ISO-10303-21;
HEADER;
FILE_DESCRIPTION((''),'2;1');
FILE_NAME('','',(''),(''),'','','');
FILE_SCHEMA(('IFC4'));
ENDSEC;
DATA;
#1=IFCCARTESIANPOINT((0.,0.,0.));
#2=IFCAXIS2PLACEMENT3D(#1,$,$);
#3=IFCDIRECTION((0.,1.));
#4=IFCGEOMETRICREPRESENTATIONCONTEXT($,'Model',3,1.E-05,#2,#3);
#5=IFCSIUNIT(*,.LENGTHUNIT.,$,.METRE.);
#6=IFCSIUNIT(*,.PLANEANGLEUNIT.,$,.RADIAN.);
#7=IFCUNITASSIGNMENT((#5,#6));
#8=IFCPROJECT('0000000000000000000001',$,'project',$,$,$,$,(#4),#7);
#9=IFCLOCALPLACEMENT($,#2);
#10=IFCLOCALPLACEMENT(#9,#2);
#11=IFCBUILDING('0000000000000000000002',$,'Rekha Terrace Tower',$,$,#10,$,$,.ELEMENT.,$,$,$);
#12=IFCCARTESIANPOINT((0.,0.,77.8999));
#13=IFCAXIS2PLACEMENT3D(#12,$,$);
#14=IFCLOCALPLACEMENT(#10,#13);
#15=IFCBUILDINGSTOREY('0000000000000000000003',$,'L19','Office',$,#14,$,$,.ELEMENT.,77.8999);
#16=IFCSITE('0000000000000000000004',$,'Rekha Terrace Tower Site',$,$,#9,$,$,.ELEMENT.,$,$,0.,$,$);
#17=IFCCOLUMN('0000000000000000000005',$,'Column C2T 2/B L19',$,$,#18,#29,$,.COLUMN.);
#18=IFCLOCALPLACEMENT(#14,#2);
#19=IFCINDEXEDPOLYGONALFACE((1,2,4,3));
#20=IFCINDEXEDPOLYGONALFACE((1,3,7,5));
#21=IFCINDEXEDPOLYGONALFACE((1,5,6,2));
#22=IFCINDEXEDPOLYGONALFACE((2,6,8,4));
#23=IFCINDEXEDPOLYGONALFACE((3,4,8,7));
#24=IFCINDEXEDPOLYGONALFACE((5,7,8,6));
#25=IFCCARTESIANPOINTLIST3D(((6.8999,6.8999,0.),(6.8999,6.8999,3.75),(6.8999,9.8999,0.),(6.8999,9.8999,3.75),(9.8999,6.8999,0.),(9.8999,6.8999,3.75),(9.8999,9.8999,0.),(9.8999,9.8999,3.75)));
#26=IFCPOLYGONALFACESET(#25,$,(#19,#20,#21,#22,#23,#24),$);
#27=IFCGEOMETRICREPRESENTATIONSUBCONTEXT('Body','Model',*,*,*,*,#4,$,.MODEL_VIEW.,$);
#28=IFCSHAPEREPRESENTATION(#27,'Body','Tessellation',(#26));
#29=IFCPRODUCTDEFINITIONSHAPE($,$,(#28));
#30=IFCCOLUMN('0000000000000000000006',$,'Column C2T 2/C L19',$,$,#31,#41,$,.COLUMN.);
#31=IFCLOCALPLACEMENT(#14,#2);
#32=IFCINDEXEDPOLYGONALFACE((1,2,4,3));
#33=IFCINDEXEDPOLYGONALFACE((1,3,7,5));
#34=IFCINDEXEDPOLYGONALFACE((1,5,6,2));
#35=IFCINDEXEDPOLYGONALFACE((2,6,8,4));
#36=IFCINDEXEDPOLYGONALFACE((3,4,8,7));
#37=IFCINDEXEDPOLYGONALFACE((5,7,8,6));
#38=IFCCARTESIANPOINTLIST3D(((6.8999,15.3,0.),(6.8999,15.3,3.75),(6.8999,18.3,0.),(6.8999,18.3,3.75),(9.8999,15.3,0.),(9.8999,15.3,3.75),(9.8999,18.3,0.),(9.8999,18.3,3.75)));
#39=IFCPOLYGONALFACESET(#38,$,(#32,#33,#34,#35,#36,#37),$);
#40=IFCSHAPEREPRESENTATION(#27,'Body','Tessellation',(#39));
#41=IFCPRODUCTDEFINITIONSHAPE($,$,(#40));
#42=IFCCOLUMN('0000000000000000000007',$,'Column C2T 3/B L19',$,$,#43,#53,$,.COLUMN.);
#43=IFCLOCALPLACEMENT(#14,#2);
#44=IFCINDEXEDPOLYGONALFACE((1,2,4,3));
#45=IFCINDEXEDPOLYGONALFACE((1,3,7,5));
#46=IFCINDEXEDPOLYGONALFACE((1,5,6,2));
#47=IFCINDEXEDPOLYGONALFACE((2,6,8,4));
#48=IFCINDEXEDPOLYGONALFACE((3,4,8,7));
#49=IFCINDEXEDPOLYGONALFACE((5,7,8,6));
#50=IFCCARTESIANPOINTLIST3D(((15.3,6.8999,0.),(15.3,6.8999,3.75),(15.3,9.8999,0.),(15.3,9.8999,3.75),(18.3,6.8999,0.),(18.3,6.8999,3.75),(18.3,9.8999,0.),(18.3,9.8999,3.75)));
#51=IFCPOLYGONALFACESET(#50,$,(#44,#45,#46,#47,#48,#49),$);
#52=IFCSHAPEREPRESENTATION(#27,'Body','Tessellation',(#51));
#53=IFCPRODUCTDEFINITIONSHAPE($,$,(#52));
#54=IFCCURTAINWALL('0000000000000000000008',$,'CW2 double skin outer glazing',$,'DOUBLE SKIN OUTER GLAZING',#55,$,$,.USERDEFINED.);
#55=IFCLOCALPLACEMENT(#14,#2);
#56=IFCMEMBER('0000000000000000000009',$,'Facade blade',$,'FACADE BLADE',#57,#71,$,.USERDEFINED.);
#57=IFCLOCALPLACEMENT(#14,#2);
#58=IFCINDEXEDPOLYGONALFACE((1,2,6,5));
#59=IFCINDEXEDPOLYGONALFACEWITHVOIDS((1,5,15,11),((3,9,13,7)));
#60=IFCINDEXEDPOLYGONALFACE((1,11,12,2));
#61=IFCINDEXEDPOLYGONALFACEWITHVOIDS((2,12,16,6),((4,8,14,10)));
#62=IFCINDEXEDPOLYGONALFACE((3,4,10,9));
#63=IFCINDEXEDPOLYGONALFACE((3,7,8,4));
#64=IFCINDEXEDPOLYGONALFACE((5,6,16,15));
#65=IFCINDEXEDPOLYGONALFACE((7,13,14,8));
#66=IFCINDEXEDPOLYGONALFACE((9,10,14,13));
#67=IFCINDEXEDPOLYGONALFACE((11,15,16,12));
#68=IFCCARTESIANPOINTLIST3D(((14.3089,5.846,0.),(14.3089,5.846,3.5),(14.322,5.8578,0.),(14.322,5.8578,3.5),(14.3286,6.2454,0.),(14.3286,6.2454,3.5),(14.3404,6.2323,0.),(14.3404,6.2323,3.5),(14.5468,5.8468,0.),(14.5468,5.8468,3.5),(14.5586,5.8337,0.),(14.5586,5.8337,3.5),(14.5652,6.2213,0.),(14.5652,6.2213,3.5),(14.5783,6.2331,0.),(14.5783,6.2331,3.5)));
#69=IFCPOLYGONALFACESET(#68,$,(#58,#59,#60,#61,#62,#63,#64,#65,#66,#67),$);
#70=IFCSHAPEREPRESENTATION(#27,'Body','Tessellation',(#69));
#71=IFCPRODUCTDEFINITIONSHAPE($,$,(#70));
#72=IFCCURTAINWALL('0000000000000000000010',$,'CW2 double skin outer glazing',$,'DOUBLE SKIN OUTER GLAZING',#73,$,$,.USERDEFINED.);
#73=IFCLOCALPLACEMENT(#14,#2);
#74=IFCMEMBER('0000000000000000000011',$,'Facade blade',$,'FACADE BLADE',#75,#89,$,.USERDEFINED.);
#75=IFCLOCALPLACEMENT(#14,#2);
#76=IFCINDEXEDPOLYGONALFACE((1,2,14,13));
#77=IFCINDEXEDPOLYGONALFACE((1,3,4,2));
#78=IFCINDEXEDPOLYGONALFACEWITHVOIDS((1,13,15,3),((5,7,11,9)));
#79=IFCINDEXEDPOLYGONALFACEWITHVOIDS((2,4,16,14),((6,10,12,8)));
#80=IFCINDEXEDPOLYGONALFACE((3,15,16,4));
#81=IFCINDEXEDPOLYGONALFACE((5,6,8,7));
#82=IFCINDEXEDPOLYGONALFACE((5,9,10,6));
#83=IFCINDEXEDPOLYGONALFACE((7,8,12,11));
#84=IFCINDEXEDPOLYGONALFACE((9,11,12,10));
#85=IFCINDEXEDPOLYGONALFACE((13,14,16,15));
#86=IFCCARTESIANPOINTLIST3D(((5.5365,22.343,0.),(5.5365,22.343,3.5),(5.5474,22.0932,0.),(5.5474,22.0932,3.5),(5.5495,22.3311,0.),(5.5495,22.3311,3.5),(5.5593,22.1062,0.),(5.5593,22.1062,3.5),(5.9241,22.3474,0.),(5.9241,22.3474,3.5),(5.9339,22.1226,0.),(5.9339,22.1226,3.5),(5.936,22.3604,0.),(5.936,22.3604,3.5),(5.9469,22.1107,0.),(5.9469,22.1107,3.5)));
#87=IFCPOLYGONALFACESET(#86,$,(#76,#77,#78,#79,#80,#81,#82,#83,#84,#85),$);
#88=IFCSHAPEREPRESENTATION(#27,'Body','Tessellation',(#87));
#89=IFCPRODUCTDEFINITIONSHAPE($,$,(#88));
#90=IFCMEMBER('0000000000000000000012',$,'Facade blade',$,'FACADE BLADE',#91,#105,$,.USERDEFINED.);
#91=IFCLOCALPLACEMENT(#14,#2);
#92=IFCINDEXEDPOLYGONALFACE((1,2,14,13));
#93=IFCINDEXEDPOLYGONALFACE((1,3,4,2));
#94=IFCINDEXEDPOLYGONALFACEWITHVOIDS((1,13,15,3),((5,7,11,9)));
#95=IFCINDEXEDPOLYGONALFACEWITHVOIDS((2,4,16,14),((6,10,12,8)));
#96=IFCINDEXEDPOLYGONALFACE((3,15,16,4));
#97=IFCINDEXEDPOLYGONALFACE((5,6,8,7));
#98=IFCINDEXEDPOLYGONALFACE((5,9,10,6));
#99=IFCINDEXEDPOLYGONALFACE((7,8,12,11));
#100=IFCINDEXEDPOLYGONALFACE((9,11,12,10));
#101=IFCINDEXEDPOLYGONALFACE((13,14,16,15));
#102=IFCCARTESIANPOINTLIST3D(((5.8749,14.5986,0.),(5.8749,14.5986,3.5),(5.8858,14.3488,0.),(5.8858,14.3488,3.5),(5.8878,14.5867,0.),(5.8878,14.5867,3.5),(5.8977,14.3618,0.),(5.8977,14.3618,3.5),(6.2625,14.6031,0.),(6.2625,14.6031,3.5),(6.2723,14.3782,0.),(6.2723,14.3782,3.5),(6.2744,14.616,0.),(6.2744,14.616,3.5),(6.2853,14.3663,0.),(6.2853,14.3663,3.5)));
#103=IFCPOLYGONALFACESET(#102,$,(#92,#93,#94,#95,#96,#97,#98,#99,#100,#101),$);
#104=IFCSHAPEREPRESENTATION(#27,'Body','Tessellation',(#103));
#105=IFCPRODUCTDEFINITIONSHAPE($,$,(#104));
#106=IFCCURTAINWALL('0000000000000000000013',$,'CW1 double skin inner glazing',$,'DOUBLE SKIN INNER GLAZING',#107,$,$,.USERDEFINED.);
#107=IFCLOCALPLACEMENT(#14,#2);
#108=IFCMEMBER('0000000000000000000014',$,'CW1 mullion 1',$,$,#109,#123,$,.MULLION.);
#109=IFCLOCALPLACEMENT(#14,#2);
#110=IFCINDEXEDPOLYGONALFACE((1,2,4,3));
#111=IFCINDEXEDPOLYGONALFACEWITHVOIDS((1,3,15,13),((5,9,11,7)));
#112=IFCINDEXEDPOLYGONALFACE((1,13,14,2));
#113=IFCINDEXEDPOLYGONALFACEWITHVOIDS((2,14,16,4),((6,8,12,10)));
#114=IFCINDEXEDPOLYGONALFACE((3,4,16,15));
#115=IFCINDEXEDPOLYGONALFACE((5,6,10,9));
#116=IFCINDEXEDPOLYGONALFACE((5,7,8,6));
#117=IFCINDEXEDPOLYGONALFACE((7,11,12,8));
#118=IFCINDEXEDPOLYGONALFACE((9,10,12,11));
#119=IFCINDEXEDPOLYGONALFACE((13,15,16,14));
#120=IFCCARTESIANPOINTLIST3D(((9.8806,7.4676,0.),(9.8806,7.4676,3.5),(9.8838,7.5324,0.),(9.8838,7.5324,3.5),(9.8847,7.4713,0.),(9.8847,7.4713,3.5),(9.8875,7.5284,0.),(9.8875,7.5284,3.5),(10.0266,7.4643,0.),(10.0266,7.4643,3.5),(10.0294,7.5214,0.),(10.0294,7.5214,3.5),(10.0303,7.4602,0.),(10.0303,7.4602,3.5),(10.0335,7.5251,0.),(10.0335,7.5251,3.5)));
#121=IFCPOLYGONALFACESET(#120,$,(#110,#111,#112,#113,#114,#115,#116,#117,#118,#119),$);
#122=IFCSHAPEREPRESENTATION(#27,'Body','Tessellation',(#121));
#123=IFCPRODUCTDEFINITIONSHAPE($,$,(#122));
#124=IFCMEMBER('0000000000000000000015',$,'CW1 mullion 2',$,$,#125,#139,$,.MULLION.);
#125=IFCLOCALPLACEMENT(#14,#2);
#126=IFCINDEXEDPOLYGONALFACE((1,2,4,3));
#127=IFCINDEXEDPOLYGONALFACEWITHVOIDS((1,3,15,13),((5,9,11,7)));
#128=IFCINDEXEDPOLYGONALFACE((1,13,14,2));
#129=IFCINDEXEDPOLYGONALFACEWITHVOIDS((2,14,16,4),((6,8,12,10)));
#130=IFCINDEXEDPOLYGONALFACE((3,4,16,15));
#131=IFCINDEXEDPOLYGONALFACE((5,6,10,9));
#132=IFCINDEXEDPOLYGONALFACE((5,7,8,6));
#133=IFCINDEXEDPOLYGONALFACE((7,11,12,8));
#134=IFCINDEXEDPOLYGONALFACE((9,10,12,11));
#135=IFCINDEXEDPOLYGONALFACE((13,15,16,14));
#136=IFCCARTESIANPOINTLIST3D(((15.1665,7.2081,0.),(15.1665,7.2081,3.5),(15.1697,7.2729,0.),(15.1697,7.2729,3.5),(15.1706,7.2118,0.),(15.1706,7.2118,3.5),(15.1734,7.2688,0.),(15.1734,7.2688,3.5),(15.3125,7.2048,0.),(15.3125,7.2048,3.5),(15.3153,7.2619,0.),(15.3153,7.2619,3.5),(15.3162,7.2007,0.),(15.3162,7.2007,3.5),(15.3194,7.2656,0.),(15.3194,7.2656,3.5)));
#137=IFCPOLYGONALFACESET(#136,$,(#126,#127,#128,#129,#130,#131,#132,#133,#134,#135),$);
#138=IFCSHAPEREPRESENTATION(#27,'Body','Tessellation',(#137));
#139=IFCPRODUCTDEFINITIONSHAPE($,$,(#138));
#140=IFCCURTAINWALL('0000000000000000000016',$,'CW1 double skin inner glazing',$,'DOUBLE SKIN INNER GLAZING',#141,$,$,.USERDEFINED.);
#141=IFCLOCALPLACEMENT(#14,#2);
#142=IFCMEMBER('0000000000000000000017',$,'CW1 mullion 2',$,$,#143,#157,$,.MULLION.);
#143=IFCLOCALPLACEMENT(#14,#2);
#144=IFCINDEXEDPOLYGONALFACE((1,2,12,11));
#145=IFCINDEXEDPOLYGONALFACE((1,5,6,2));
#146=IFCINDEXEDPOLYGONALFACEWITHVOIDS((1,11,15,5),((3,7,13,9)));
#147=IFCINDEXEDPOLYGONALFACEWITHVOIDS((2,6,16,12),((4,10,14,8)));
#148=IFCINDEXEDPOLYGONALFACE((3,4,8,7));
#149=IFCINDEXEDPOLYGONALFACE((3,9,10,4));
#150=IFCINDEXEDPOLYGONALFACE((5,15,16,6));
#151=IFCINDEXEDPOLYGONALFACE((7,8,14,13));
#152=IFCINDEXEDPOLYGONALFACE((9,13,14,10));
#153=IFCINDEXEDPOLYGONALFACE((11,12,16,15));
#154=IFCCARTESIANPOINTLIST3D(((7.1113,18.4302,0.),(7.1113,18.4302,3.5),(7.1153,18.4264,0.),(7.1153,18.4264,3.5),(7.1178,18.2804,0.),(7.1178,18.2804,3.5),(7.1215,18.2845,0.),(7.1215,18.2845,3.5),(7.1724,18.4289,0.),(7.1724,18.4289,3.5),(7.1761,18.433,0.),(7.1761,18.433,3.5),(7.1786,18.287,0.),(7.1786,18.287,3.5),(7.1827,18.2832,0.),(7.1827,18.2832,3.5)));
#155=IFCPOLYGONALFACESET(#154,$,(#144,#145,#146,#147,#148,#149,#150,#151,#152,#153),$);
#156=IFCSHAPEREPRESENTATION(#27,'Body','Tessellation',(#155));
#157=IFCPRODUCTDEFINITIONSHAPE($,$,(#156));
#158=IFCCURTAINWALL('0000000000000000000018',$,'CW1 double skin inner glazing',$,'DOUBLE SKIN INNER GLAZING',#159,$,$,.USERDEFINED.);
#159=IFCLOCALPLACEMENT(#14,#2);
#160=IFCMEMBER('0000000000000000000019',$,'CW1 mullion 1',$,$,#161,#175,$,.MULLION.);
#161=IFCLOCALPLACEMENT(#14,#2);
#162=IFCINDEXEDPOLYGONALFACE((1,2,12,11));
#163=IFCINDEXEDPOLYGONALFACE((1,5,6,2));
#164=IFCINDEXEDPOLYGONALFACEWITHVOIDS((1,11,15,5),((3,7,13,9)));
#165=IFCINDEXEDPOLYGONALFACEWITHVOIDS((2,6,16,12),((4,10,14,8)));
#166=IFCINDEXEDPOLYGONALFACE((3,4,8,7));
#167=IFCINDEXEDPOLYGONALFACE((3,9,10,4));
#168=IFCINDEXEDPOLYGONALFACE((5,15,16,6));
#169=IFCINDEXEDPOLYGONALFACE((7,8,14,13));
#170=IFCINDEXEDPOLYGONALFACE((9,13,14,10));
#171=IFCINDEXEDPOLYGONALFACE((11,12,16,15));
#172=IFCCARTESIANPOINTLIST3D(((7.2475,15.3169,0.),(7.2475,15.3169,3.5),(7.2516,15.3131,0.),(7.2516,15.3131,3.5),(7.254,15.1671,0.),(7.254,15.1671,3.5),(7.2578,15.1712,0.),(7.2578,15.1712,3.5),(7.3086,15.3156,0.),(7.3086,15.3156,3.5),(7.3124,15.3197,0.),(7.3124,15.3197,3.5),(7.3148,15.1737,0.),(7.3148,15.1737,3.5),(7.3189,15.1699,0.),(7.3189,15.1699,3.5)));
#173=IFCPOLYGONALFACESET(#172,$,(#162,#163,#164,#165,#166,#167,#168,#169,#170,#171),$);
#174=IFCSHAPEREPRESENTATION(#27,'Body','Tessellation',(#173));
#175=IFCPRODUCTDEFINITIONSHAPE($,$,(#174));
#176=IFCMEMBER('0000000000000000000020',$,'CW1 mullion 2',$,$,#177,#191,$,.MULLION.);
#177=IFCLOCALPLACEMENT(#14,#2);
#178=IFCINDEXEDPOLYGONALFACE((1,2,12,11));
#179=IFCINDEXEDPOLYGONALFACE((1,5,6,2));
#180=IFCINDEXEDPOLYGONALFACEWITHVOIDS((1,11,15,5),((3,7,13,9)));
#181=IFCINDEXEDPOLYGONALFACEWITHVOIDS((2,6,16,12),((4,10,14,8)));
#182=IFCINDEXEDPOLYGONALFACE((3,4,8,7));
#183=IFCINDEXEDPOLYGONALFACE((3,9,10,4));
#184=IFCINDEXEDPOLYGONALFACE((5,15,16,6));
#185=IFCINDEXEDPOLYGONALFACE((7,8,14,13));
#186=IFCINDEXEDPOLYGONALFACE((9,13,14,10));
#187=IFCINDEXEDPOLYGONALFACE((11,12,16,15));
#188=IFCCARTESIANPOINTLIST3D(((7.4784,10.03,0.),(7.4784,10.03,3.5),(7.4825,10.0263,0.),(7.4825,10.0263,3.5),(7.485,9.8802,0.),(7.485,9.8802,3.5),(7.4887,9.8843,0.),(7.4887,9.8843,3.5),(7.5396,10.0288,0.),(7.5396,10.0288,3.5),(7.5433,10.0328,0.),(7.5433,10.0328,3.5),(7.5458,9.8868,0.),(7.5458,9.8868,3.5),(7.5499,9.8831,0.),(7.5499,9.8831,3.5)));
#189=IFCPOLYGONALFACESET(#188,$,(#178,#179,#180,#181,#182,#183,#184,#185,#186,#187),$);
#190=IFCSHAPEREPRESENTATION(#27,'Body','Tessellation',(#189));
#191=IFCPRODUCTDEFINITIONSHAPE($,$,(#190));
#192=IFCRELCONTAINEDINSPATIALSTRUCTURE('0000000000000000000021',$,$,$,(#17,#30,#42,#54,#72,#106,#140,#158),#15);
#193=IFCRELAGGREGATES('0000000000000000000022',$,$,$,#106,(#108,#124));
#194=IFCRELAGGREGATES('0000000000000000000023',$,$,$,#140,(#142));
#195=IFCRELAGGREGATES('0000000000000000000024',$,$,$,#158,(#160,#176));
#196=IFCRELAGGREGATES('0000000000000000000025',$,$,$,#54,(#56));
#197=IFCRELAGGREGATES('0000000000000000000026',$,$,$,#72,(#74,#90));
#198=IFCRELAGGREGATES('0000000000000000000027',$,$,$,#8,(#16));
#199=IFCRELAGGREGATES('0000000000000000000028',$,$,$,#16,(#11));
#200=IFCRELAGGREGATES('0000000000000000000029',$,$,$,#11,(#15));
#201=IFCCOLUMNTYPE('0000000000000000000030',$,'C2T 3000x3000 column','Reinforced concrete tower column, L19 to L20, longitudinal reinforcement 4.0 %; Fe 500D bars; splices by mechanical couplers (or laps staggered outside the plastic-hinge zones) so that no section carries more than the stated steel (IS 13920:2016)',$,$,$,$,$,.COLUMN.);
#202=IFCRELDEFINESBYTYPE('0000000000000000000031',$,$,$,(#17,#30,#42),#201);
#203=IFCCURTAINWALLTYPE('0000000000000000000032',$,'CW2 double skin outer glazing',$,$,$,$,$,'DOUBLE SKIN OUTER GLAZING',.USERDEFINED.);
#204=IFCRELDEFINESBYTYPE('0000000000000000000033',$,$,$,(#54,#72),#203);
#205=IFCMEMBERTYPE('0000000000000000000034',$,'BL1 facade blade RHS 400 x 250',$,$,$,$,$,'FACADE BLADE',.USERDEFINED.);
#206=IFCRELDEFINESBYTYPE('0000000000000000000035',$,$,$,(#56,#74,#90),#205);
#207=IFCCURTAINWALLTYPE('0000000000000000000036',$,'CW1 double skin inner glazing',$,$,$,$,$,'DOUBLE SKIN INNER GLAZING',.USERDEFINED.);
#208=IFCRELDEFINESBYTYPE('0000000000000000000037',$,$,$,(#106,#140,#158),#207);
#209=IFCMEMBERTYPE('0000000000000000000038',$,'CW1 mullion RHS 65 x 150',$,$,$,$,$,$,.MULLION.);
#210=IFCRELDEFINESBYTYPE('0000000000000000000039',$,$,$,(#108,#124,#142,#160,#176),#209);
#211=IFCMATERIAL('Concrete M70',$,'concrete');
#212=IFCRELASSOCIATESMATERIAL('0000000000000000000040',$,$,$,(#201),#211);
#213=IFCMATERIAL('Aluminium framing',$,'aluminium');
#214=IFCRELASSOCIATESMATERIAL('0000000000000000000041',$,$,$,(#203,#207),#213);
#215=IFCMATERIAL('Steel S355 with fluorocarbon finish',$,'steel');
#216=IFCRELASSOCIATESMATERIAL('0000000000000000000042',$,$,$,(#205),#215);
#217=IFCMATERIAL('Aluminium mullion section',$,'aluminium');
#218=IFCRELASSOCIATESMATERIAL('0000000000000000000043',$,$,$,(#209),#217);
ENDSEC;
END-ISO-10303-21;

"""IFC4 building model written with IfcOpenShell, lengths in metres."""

from ifc_helpers import new_model, si_unit, direction, frame, origin, origin_2d, place, context, subcontext, project, spatial, rectangle, hollow_rectangle, extrude, material, material_profile, profile_set, type_object, element, aggregate, save


model = new_model("IFC4")

# Units and contexts
model_context = context("Model", 3, precision=1e-05, world=origin(), true_north=direction((0.0, 1.0)))
body_context = subcontext(model_context, "Body", "Model", "MODEL_VIEW")
ifc_project = project(units=[si_unit("LENGTHUNIT", "METRE"), si_unit("PLANEANGLEUNIT", "RADIAN")], contexts=[model_context])

# Site, building, storey
site_placement = place(None, origin())
site = spatial("IfcSite", under=ifc_project, at=site_placement, Name="Rekha Terrace Tower Site", CompositionType="ELEMENT", RefElevation=0.0)
building_placement = place(site_placement, origin())
building = spatial("IfcBuilding", under=site, at=building_placement, Name="Rekha Terrace Tower", CompositionType="ELEMENT")
storey_placement = place(building_placement, frame((0.0, 0.0, 77.8999)))
storey = spatial("IfcBuildingStorey", under=building, at=storey_placement, Name="L19", Description="Office", CompositionType="ELEMENT", Elevation=77.8999)

# Columns
ifc_material_1 = material(Name="Concrete M70", Category="concrete")
ifc_material_profile_1 = material_profile(ifc_material_1, rectangle(XDim=3.0, YDim=3.0, at=origin_2d()), Name="RC 3000x3000")
ifc_profile_set_1 = profile_set([ifc_material_profile_1], Name="Concrete M70")
column_type = type_object("IfcColumnType", Name="C2T 3000x3000 column", Description="Reinforced concrete tower column, L19 to L20, longitudinal reinforcement 4.0 %; Fe 500D bars; splices by mechanical couplers (or laps staggered outside the plastic-hinge zones) so that no section carries more than the stated steel (IS 13920:2016)", PredefinedType="COLUMN", material=ifc_profile_set_1)
for number, where, z_axis, x_axis, name in (
    (1, (8.3999, 8.3999, 0.0), (0.0, 0.0, 1.0), (1.0, 0.0, 0.0), "Column C2T 2/B L19"),
    (2, (8.3999, 16.8, 0.0), (0.0, 0.0, 1.0), (1.0, 0.0, 0.0), "Column C2T 2/C L19"),
    (3, (16.8, 8.3999, 0.0), (0.0, 0.0, 1.0), (1.0, 0.0, 0.0), "Column C2T 3/B L19"),
):
    element("IfcColumn", number, at=place(storey_placement, frame(where, z_axis=z_axis, x_axis=x_axis)), inside=storey, type_object=column_type, Name=name, PredefinedType="COLUMN", context=body_context, shape_type="SweptSolid", body=[
        extrude(rectangle(XDim=3.0, YDim=3.0, at=origin_2d()), origin(), (0.0, 0.0, 1.0), 3.75),
    ])

# Curtain wall, member
ifc_material_2 = material(Name="Aluminium framing", Category="aluminium")
curtain_wall_type_1 = type_object("IfcCurtainWallType", Name="CW2 double skin outer glazing", ElementType="DOUBLE SKIN OUTER GLAZING", PredefinedType="USERDEFINED", material=ifc_material_2)
curtain_wall_1_placement = place(storey_placement, origin())
curtain_wall_1 = element("IfcCurtainWall", 4, at=curtain_wall_1_placement, inside=storey, type_object=curtain_wall_type_1, Name="CW2 double skin outer glazing", ObjectType="DOUBLE SKIN OUTER GLAZING", PredefinedType="USERDEFINED")
ifc_material_3 = material(Name="Steel S355 with fluorocarbon finish", Category="steel")
ifc_material_profile_2 = material_profile(ifc_material_3, hollow_rectangle(XDim=0.25, YDim=0.3999, WallThickness=0.0125, at=origin_2d()), Name="RHS400x250x12.5")
ifc_profile_set_2 = profile_set([ifc_material_profile_2], Name="Steel S355 with fluorocarbon finish")
member_type_1 = type_object("IfcMemberType", Name="BL1 facade blade RHS 400 x 250", ElementType="FACADE BLADE", PredefinedType="USERDEFINED", material=ifc_profile_set_2)
member_1_placement = place(storey_placement, frame((14.4436, 6.0396, 0.0), z_axis=(0.0, 0.0, 1.0), x_axis=(0.998796, -0.049052, 0.0)))
member_1 = element("IfcMember", 5, at=member_1_placement, type_object=member_type_1, Name="Facade blade", ObjectType="FACADE BLADE", PredefinedType="USERDEFINED", context=body_context, shape_type="SweptSolid", body=[
    extrude(hollow_rectangle(XDim=0.25, YDim=0.3999, WallThickness=0.0125, at=origin_2d()), origin(), (0.0, 0.0, 1.0), 3.5),
])

# Curtain walls, members
curtain_wall_2_placement = place(storey_placement, origin())
curtain_wall_2 = element("IfcCurtainWall", 6, at=curtain_wall_2_placement, inside=storey, type_object=curtain_wall_type_1, Name="CW2 double skin outer glazing", ObjectType="DOUBLE SKIN OUTER GLAZING", PredefinedType="USERDEFINED")
member_2_placement = place(storey_placement, frame((5.7417, 22.2268, 0.0), z_axis=(0.0, 0.0, 1.0), x_axis=(0.043682, -0.999045, 0.0)))
member_2 = element("IfcMember", 7, at=member_2_placement, type_object=member_type_1, Name="Facade blade", ObjectType="FACADE BLADE", PredefinedType="USERDEFINED", context=body_context, shape_type="SweptSolid", body=[
    extrude(hollow_rectangle(XDim=0.25, YDim=0.3999, WallThickness=0.0125, at=origin_2d()), origin(), (0.0, 0.0, 1.0), 3.5),
])
member_3_placement = place(storey_placement, frame((6.0801, 14.4824, 0.0), z_axis=(0.0, 0.0, 1.0), x_axis=(0.043682, -0.999045, 0.0)))
member_3 = element("IfcMember", 8, at=member_3_placement, type_object=member_type_1, Name="Facade blade", ObjectType="FACADE BLADE", PredefinedType="USERDEFINED", context=body_context, shape_type="SweptSolid", body=[
    extrude(hollow_rectangle(XDim=0.25, YDim=0.3999, WallThickness=0.0125, at=origin_2d()), origin(), (0.0, 0.0, 1.0), 3.5),
])
curtain_wall_type_2 = type_object("IfcCurtainWallType", Name="CW1 double skin inner glazing", ElementType="DOUBLE SKIN INNER GLAZING", PredefinedType="USERDEFINED", material=ifc_material_2)
curtain_wall_3_placement = place(storey_placement, origin())
curtain_wall_3 = element("IfcCurtainWall", 9, at=curtain_wall_3_placement, inside=storey, type_object=curtain_wall_type_2, Name="CW1 double skin inner glazing", ObjectType="DOUBLE SKIN INNER GLAZING", PredefinedType="USERDEFINED")
ifc_material_4 = material(Name="Aluminium mullion section", Category="aluminium")
ifc_material_profile_3 = material_profile(ifc_material_4, hollow_rectangle(XDim=0.0649, YDim=0.1499, WallThickness=0.0039, at=origin_2d()), Name="AL RHS 65x150")
ifc_profile_set_3 = profile_set([ifc_material_profile_3], Name="Aluminium mullion section")
member_type_2 = type_object("IfcMemberType", Name="CW1 mullion RHS 65 x 150", PredefinedType="MULLION", material=ifc_profile_set_3)
member_4_placement = place(storey_placement, frame((9.957, 7.4963, 0.0), z_axis=(0.0, 0.0, 1.0), x_axis=(0.049052, 0.998796, 0.0)))
member_4 = element("IfcMember", 10, at=member_4_placement, type_object=member_type_2, Name="CW1 mullion 1", PredefinedType="MULLION", context=body_context, shape_type="SweptSolid", body=[
    extrude(hollow_rectangle(XDim=0.0649, YDim=0.1499, WallThickness=0.0039, at=origin_2d()), origin(), (0.0, 0.0, 1.0), 3.5),
])
member_5_placement = place(storey_placement, frame((15.2429, 7.2368, 0.0), z_axis=(0.0, 0.0, 1.0), x_axis=(0.049052, 0.998796, 0.0)))
member_5 = element("IfcMember", 11, at=member_5_placement, type_object=member_type_2, Name="CW1 mullion 2", PredefinedType="MULLION", context=body_context, shape_type="SweptSolid", body=[
    extrude(hollow_rectangle(XDim=0.0649, YDim=0.1499, WallThickness=0.0039, at=origin_2d()), origin(), (0.0, 0.0, 1.0), 3.5),
])

# Curtain wall, member
curtain_wall_4_placement = place(storey_placement, origin())
curtain_wall_4 = element("IfcCurtainWall", 12, at=curtain_wall_4_placement, inside=storey, type_object=curtain_wall_type_2, Name="CW1 double skin inner glazing", ObjectType="DOUBLE SKIN INNER GLAZING", PredefinedType="USERDEFINED")
member_6_placement = place(storey_placement, frame((7.147, 18.3567, 0.0), z_axis=(0.0, 0.0, 1.0), x_axis=(0.999045, 0.043683, 0.0)))
member_6 = element("IfcMember", 13, at=member_6_placement, type_object=member_type_2, Name="CW1 mullion 2", PredefinedType="MULLION", context=body_context, shape_type="SweptSolid", body=[
    extrude(hollow_rectangle(XDim=0.0649, YDim=0.1499, WallThickness=0.0039, at=origin_2d()), origin(), (0.0, 0.0, 1.0), 3.5),
])

# Curtain wall, members
curtain_wall_5_placement = place(storey_placement, origin())
curtain_wall_5 = element("IfcCurtainWall", 14, at=curtain_wall_5_placement, inside=storey, type_object=curtain_wall_type_2, Name="CW1 double skin inner glazing", ObjectType="DOUBLE SKIN INNER GLAZING", PredefinedType="USERDEFINED")
member_7_placement = place(storey_placement, frame((7.2832, 15.2434, 0.0), z_axis=(0.0, 0.0, 1.0), x_axis=(0.999045, 0.043683, 0.0)))
member_7 = element("IfcMember", 15, at=member_7_placement, type_object=member_type_2, Name="CW1 mullion 1", PredefinedType="MULLION", context=body_context, shape_type="SweptSolid", body=[
    extrude(hollow_rectangle(XDim=0.0649, YDim=0.1499, WallThickness=0.0039, at=origin_2d()), origin(), (0.0, 0.0, 1.0), 3.5),
])
member_8_placement = place(storey_placement, frame((7.5142, 9.9565, 0.0), z_axis=(0.0, 0.0, 1.0), x_axis=(0.999045, 0.043683, 0.0)))
member_8 = element("IfcMember", 16, at=member_8_placement, type_object=member_type_2, Name="CW1 mullion 2", PredefinedType="MULLION", context=body_context, shape_type="SweptSolid", body=[
    extrude(hollow_rectangle(XDim=0.0649, YDim=0.1499, WallThickness=0.0039, at=origin_2d()), origin(), (0.0, 0.0, 1.0), 3.5),
])

aggregate(curtain_wall_3, [member_4, member_5])
aggregate(curtain_wall_4, [member_6])
aggregate(curtain_wall_5, [member_7, member_8])
aggregate(curtain_wall_1, [member_1])
aggregate(curtain_wall_2, [member_2, member_3])

save(model, "model.ifc")
